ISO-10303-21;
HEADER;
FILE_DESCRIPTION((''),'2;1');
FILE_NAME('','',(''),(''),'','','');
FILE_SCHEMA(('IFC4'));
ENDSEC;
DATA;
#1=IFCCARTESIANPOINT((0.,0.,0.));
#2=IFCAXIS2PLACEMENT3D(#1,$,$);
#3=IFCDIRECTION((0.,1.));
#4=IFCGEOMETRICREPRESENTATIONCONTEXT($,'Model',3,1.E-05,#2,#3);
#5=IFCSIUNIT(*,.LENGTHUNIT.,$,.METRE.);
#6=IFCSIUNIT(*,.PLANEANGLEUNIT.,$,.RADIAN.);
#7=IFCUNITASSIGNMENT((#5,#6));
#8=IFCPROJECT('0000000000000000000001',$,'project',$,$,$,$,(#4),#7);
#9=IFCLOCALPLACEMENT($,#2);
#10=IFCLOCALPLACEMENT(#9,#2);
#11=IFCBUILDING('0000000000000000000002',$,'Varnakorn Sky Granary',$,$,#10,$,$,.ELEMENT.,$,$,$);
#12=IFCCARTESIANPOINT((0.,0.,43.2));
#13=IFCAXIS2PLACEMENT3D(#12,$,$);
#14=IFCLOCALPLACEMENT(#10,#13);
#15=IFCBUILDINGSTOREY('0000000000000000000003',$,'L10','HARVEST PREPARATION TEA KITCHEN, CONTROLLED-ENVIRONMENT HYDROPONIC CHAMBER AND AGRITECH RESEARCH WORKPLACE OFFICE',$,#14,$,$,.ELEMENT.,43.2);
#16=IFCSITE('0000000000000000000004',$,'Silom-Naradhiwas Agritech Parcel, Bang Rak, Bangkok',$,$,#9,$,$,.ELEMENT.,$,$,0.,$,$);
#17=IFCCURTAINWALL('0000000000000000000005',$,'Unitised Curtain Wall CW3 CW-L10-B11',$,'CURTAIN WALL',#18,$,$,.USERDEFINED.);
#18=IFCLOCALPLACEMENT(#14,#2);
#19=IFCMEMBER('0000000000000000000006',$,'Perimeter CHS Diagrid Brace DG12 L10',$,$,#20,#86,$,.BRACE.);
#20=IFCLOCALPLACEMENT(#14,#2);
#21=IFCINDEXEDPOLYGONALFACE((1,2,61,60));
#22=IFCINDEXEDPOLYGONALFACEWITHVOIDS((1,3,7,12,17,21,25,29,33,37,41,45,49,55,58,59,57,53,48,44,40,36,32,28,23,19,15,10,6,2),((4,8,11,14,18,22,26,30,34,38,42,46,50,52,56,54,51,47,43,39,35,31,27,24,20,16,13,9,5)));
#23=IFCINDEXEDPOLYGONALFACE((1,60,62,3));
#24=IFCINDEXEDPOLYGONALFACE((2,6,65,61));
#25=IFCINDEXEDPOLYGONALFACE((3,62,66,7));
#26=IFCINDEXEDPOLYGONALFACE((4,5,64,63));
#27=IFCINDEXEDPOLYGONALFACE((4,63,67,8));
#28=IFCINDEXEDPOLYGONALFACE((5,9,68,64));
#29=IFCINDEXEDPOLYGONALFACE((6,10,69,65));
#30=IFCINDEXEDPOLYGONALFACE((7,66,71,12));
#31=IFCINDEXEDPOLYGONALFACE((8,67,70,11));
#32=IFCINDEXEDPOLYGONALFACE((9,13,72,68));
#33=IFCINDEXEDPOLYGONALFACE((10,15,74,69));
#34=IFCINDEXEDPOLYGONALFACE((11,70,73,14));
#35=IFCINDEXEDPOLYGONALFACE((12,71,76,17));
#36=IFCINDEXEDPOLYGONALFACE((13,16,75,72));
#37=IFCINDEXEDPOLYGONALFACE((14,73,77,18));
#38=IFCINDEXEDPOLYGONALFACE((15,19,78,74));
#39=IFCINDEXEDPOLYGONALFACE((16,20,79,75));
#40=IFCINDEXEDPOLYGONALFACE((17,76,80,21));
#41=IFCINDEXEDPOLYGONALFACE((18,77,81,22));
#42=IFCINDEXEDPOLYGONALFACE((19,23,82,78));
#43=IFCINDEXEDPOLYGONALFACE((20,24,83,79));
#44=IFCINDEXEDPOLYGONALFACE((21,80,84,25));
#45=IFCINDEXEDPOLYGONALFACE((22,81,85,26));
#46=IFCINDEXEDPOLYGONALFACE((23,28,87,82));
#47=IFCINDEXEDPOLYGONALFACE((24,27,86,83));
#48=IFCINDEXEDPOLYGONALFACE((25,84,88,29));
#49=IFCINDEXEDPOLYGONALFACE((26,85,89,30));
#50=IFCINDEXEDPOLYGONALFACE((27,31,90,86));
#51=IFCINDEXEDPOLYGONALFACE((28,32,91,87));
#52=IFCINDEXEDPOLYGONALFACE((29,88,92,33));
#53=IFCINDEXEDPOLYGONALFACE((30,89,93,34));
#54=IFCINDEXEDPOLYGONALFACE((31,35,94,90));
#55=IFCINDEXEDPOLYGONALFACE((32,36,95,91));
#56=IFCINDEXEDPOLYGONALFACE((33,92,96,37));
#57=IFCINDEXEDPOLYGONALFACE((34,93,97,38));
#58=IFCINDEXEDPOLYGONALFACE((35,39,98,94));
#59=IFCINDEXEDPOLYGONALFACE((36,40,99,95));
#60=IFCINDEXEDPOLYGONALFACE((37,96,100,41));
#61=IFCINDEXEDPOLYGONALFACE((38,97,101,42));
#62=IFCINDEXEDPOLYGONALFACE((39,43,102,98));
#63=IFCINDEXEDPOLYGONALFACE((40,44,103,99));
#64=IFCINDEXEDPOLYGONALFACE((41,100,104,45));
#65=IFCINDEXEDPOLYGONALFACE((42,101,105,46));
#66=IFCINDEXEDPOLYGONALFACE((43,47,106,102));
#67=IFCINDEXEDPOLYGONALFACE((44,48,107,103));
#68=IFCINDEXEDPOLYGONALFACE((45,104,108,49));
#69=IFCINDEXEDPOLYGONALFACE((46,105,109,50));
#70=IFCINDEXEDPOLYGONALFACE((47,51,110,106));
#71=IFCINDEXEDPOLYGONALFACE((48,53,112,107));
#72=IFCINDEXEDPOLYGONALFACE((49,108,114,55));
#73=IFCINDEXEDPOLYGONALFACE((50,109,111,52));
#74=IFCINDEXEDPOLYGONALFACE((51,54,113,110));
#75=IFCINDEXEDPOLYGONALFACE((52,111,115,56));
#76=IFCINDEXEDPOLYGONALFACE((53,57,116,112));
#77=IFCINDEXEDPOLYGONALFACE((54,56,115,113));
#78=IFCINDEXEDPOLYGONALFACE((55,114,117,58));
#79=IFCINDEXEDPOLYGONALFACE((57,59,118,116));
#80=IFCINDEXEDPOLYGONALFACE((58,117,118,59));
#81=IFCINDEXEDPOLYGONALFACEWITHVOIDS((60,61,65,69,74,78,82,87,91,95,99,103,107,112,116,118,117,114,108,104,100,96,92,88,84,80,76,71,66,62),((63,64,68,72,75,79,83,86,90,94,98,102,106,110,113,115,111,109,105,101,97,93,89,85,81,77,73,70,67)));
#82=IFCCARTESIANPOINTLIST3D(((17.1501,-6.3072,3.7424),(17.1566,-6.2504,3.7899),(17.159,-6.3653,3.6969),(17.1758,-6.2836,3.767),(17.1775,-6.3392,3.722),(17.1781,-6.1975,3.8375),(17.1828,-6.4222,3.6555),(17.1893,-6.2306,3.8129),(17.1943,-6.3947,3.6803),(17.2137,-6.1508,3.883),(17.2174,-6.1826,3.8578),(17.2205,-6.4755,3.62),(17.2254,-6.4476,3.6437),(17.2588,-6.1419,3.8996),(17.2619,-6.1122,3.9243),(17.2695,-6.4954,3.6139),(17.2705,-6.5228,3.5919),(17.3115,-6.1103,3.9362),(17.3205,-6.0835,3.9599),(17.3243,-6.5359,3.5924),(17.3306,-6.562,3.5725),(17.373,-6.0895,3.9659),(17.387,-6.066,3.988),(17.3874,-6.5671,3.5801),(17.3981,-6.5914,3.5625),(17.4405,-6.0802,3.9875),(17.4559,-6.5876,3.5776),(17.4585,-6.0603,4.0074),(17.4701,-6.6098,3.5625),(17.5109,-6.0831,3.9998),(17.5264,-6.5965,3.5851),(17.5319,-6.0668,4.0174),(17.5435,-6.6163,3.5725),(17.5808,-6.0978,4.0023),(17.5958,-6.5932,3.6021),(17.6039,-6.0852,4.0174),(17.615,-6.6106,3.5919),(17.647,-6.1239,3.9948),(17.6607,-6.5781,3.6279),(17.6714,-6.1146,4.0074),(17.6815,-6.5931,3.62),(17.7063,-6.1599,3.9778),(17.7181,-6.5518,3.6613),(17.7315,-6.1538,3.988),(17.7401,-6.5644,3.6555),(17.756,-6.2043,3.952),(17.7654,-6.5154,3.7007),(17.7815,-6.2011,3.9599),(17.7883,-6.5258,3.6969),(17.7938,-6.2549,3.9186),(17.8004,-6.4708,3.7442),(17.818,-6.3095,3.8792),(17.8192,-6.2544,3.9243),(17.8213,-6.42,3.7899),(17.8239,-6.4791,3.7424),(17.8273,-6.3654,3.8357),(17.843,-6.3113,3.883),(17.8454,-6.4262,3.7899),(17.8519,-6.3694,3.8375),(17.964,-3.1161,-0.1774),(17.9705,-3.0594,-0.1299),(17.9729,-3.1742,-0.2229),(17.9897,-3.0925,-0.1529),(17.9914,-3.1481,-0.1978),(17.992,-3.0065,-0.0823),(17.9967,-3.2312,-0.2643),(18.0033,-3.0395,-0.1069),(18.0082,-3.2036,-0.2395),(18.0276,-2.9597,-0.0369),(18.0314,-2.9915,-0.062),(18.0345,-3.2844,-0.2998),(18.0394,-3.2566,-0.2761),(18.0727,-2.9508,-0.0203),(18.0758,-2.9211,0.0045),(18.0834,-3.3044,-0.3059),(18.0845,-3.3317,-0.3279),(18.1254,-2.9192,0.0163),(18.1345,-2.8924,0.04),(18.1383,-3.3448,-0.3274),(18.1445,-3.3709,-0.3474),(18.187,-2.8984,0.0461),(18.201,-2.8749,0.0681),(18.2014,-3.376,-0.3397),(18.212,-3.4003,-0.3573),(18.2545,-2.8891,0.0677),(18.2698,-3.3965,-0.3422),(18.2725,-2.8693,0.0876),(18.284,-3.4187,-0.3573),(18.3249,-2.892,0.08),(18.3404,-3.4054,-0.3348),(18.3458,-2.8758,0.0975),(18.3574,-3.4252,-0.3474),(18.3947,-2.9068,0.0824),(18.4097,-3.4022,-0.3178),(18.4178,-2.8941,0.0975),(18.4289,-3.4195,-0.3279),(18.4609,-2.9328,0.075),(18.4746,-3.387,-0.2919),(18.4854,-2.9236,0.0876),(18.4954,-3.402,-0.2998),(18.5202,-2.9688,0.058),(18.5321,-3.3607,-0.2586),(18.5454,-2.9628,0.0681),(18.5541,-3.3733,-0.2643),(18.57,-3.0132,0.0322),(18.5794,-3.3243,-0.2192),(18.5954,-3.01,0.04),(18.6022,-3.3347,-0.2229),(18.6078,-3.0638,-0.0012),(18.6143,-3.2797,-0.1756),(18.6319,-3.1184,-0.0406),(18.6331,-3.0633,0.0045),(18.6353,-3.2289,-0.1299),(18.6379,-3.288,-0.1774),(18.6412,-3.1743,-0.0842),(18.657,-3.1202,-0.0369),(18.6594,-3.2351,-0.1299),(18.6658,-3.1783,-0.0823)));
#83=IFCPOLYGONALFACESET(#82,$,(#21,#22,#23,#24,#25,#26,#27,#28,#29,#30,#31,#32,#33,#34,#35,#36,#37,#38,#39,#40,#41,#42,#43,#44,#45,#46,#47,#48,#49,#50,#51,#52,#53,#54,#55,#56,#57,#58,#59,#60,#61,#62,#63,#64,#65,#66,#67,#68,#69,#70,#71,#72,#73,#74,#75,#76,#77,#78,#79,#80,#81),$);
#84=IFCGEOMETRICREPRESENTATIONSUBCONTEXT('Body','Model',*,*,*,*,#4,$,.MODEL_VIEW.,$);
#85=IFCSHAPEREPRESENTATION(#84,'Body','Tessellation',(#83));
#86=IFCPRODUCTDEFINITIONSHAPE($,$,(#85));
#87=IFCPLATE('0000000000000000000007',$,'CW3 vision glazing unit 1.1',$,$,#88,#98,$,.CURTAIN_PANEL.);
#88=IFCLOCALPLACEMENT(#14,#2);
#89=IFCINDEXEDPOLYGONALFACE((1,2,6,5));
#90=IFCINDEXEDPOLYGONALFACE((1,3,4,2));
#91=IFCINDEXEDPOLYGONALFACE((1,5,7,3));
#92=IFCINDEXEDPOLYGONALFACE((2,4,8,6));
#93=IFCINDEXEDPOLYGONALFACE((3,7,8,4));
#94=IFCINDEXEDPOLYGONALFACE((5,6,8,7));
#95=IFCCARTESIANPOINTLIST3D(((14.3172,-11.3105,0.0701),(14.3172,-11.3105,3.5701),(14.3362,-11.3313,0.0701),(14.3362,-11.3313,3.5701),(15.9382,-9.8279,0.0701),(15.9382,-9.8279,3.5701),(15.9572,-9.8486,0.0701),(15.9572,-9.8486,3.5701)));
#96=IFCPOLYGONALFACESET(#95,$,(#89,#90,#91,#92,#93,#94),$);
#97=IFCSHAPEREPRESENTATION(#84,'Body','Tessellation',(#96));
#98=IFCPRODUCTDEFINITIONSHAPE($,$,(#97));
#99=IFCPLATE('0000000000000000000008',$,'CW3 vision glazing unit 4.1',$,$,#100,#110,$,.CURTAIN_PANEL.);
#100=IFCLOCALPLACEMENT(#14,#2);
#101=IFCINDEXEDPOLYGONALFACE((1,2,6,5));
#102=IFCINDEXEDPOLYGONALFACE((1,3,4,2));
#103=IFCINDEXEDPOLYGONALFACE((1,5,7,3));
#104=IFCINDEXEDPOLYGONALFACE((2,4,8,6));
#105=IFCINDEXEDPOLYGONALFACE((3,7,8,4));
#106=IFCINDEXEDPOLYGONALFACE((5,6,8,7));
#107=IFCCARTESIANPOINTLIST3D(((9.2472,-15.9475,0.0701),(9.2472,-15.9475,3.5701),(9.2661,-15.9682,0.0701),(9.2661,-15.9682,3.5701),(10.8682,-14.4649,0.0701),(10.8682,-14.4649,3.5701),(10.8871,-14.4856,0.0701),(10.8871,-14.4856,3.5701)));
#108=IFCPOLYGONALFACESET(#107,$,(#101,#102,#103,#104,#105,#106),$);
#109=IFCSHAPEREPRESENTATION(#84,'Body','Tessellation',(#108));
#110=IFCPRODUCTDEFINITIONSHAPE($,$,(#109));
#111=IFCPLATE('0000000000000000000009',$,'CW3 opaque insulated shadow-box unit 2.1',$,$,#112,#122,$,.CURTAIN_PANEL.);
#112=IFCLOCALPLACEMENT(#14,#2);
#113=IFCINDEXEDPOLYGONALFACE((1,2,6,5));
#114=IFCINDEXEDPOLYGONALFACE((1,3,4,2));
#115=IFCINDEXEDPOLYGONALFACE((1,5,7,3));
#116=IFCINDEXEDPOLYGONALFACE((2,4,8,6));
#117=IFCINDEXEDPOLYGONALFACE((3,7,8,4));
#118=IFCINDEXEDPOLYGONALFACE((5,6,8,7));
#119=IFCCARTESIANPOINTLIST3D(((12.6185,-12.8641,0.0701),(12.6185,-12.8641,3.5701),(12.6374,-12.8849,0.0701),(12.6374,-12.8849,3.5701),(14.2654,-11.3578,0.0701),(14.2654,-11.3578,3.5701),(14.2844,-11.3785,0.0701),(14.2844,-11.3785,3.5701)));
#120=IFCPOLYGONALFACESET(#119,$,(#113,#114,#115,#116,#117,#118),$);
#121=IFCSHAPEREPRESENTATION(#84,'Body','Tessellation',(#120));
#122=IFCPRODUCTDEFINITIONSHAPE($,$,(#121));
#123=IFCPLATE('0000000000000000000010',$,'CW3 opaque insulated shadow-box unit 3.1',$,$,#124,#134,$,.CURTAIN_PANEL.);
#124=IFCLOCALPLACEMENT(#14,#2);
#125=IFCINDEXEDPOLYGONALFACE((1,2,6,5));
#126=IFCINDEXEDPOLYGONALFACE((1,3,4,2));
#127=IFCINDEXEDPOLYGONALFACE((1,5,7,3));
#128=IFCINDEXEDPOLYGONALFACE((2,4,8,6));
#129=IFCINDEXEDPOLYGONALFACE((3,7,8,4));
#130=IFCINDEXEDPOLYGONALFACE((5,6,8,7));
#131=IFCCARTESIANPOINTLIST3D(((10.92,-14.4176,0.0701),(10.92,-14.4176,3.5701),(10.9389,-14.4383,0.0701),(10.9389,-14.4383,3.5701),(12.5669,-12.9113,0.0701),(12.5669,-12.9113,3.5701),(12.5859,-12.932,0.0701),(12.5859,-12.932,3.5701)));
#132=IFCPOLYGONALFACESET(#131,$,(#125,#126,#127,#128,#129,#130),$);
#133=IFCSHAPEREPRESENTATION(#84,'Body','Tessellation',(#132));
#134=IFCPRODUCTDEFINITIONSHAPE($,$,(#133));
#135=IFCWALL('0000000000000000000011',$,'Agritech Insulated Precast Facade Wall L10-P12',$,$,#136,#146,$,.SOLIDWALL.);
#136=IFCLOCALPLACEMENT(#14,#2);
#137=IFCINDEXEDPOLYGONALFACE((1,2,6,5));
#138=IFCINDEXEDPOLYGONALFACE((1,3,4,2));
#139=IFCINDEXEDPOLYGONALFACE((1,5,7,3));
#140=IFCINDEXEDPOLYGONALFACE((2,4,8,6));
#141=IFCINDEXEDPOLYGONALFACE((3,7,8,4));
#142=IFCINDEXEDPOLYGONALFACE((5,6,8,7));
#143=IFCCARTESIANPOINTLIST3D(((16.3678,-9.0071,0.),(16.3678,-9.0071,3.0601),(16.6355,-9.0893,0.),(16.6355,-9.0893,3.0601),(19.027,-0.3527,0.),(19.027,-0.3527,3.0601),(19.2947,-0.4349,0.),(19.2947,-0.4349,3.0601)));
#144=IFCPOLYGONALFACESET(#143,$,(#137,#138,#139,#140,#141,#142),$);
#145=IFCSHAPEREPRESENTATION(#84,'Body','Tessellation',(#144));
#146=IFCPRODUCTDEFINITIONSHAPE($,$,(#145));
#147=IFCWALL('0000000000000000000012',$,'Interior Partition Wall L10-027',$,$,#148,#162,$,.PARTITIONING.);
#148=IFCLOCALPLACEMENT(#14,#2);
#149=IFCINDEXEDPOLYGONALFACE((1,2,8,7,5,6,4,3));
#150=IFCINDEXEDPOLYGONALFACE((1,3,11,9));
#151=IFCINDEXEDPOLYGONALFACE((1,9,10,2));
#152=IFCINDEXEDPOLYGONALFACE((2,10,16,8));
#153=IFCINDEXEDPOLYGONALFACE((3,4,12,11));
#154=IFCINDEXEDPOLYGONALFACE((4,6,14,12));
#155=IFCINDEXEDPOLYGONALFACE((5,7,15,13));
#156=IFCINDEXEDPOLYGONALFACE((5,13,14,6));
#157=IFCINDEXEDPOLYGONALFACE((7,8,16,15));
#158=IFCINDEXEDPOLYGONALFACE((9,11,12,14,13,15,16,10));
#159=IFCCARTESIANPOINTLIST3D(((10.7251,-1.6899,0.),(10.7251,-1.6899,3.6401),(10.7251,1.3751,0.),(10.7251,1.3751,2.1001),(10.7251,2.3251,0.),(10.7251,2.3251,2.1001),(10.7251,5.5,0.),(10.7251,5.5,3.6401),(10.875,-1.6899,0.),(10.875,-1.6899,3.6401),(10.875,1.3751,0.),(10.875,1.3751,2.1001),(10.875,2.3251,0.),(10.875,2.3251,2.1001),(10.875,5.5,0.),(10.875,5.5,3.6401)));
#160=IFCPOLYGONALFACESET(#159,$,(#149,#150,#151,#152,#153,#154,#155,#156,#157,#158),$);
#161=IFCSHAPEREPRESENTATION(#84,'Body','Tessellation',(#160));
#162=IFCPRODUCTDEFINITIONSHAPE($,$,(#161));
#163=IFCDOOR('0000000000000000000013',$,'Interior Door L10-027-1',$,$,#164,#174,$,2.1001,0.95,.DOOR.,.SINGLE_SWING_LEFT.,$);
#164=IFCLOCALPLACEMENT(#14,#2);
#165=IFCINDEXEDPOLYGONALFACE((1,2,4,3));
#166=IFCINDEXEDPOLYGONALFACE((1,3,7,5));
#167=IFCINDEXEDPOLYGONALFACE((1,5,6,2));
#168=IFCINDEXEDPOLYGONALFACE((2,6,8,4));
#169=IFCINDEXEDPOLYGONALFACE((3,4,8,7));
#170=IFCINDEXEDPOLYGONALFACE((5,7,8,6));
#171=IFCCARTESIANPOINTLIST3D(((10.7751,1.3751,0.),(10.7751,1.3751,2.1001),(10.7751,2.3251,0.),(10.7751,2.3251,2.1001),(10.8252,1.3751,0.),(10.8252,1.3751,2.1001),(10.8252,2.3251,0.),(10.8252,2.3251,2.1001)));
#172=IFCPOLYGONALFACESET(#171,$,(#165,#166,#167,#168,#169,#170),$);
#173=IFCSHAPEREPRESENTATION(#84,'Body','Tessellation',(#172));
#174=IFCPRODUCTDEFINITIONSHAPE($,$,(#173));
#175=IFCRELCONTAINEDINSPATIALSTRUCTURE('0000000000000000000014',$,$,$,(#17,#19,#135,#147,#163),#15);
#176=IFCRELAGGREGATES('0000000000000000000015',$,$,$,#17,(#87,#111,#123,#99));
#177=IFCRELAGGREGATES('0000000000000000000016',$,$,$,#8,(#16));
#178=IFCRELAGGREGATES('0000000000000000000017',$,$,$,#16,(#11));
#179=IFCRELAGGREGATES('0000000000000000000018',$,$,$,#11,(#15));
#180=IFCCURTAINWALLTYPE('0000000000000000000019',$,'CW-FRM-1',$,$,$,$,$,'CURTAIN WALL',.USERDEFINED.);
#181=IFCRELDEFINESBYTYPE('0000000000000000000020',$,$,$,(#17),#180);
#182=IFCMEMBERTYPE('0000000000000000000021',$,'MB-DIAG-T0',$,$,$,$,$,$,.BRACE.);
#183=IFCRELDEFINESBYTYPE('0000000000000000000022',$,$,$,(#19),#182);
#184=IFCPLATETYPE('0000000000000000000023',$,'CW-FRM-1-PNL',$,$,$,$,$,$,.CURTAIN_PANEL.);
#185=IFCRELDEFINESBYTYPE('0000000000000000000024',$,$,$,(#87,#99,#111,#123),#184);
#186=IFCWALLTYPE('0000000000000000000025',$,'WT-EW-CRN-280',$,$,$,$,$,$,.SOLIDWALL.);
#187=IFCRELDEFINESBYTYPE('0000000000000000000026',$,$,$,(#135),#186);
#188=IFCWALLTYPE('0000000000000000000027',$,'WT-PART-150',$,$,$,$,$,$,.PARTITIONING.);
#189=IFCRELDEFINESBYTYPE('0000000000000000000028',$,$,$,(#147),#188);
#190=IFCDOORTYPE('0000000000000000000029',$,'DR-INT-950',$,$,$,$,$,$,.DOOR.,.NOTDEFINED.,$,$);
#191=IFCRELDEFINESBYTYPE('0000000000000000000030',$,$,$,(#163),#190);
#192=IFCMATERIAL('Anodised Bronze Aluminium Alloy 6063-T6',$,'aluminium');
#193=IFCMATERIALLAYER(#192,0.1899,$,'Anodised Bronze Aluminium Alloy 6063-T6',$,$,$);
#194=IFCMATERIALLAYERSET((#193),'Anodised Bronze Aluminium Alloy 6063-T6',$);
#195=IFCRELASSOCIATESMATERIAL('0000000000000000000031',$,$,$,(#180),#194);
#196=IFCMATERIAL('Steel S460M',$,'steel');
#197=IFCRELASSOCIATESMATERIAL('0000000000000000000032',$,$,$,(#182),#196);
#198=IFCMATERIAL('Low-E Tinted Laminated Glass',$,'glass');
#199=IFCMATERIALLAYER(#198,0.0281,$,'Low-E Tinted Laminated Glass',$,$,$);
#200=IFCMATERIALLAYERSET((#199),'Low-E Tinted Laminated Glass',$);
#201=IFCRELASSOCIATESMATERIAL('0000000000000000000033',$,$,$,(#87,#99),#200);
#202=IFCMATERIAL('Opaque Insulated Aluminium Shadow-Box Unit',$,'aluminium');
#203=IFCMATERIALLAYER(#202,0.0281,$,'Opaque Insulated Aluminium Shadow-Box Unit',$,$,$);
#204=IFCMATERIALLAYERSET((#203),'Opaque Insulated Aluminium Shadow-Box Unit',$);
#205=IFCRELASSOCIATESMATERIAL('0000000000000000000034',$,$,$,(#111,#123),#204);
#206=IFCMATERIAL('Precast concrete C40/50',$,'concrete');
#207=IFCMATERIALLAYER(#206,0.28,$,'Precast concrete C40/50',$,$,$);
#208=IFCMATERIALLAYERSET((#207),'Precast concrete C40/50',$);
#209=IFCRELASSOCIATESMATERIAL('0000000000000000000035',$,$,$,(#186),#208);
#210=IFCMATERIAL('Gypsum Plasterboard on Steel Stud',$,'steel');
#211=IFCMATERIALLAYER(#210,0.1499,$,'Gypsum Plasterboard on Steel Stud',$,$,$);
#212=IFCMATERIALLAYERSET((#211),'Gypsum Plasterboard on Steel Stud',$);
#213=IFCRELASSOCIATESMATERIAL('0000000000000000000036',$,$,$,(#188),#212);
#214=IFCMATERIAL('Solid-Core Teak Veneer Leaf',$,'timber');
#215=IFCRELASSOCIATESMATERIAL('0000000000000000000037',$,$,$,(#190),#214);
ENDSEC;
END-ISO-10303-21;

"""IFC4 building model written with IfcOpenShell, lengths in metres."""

from ifc_helpers import new_model, si_unit, direction, frame, frame_2d, origin, origin_2d, place, context, subcontext, project, spatial, rectangle, hollow_circle, extrude, source, transform, mapped, material, layer, layer_set, material_profile, profile_set, type_object, type_shapes, element, fill, aggregate, save


model = new_model("IFC4")

# Units and contexts
model_context = context("Model", 3, precision=1e-05, world=origin(), true_north=direction((0.0, 1.0)))
body_context = subcontext(model_context, "Body", "Model", "MODEL_VIEW")
ifc_project = project(units=[si_unit("LENGTHUNIT", "METRE"), si_unit("PLANEANGLEUNIT", "RADIAN")], contexts=[model_context])

# Site, building, storey
site_placement = place(None, origin())
site = spatial("IfcSite", under=ifc_project, at=site_placement, Name="Silom-Naradhiwas Agritech Parcel, Bang Rak, Bangkok", CompositionType="ELEMENT", RefElevation=0.0)
building_placement = place(site_placement, origin())
building = spatial("IfcBuilding", under=site, at=building_placement, Name="Varnakorn Sky Granary", CompositionType="ELEMENT")
storey_placement = place(building_placement, frame((0.0, 0.0, 43.2)))
storey = spatial("IfcBuildingStorey", under=building, at=storey_placement, Name="L10", Description="HARVEST PREPARATION TEA KITCHEN, CONTROLLED-ENVIRONMENT HYDROPONIC CHAMBER AND AGRITECH RESEARCH WORKPLACE OFFICE", CompositionType="ELEMENT", Elevation=43.2)

# Shared definitions
ifc_material_1 = material(Name="Steel S460M", Category="steel")

# Curtain wall
ifc_material_2 = material(Name="Anodised Bronze Aluminium Alloy 6063-T6", Category="aluminium")
ifc_layer_1 = layer(ifc_material_2, 0.1899, Name="Anodised Bronze Aluminium Alloy 6063-T6")
ifc_layer_set_1 = layer_set([ifc_layer_1], Name="Anodised Bronze Aluminium Alloy 6063-T6")
curtain_wall_type = type_object("IfcCurtainWallType", Name="CW-FRM-1", ElementType="CURTAIN WALL", PredefinedType="USERDEFINED", material=ifc_layer_set_1)
curtain_wall_placement = place(storey_placement, origin())
curtain_wall = element("IfcCurtainWall", 1, at=curtain_wall_placement, inside=storey, type_object=curtain_wall_type, Name="Unitised Curtain Wall CW3 CW-L10-B11", ObjectType="CURTAIN WALL", PredefinedType="USERDEFINED")

# Member
ifc_material_profile_1 = material_profile(ifc_material_1, hollow_circle(Radius=0.3555, WallThickness=0.0249, at=origin_2d()), Name="CHS 711x25")
ifc_profile_set_1 = profile_set([ifc_material_profile_1], Name="Steel S460M")
member_type_1 = type_object("IfcMemberType", Name="MB-DIAG-T0", PredefinedType="BRACE", material=ifc_profile_set_1)
member_1_placement = place(storey_placement, frame((18.3149, -3.1472, -0.1299), z_axis=(-0.158985, -0.623304, 0.765647), x_axis=(0.968976, -0.247155, 0.0)))
element("IfcMember", 2, at=member_1_placement, inside=storey, type_object=member_type_1, Name="Perimeter CHS Diagrid Brace DG12 L10", PredefinedType="BRACE", context=body_context, shape_type="SweptSolid", body=[
    extrude(hollow_circle(Radius=0.3555, WallThickness=0.0249, at=origin_2d()), origin(), (0.0, 0.0, 1.0), 5.1196),
])

# Plates
ifc_material_3 = material(Name="Low-E Tinted Laminated Glass", Category="glass")
ifc_layer_2 = layer(ifc_material_3, 0.0281, Name="Low-E Tinted Laminated Glass")
ifc_layer_set_2 = layer_set([ifc_layer_2], Name="Low-E Tinted Laminated Glass")
plate_type = type_object("IfcPlateType", Name="CW-FRM-1-PNL", PredefinedType="CURTAIN_PANEL")
shared_shape_1 = source(origin(), body_context, "Body", "SweptSolid", [
    extrude(rectangle(XDim=2.1968, YDim=0.0281, at=origin_2d()), origin(), (0.0, 0.0, 1.0), 3.5),
])
plate_1_placement = place(storey_placement, frame((15.1372, -10.5796, 0.0701), z_axis=(0.0, 0.0, 1.0), x_axis=(-0.737906, -0.674903, 0.0)))
plate_1 = element("IfcPlate", 3, at=plate_1_placement, type_object=plate_type, material=ifc_layer_set_2, Name="CW3 vision glazing unit 1.1", PredefinedType="CURTAIN_PANEL", context=body_context, shape_type="MappedRepresentation", body=[
    mapped(shared_shape_1, transform((0.0, 0.0, 0.0), x_axis=(1.0, 0.0, 0.0), y_axis=(0.0, 1.0, 0.0), z_axis=(0.0, 0.0, 1.0), scale=1.0)),
])
plate_2_placement = place(storey_placement, frame((10.0671, -15.2166, 0.0701), z_axis=(0.0, 0.0, 1.0), x_axis=(-0.737906, -0.674903, 0.0)))
plate_2 = element("IfcPlate", 4, at=plate_2_placement, type_object=plate_type, material=ifc_layer_set_2, Name="CW3 vision glazing unit 4.1", PredefinedType="CURTAIN_PANEL", context=body_context, shape_type="MappedRepresentation", body=[
    mapped(shared_shape_1, transform((0.0, 0.0, 0.0), x_axis=(1.0, 0.0, 0.0), y_axis=(0.0, 1.0, 0.0), z_axis=(0.0, 0.0, 1.0), scale=1.0)),
])
ifc_material_4 = material(Name="Opaque Insulated Aluminium Shadow-Box Unit", Category="aluminium")
ifc_layer_3 = layer(ifc_material_4, 0.0281, Name="Opaque Insulated Aluminium Shadow-Box Unit")
ifc_layer_set_3 = layer_set([ifc_layer_3], Name="Opaque Insulated Aluminium Shadow-Box Unit")
shared_shape_2 = source(origin(), body_context, "Body", "SweptSolid", [
    extrude(rectangle(XDim=2.2319, YDim=0.0281, at=origin_2d()), origin(), (0.0, 0.0, 1.0), 3.5),
])
type_shapes(plate_type, [shared_shape_1, shared_shape_2])
plate_3_placement = place(storey_placement, frame((13.4514, -12.1213, 0.0701), z_axis=(0.0, 0.0, 1.0), x_axis=(-0.737906, -0.674903, 0.0)))
plate_3 = element("IfcPlate", 5, at=plate_3_placement, type_object=plate_type, material=ifc_layer_set_3, Name="CW3 opaque insulated shadow-box unit 2.1", PredefinedType="CURTAIN_PANEL", context=body_context, shape_type="MappedRepresentation", body=[
    mapped(shared_shape_2, transform((0.0, 0.0, 0.0), x_axis=(1.0, 0.0, 0.0), y_axis=(0.0, 1.0, 0.0), z_axis=(0.0, 0.0, 1.0), scale=1.0)),
])
plate_4_placement = place(storey_placement, frame((11.7529, -13.6748, 0.0701), z_axis=(0.0, 0.0, 1.0), x_axis=(-0.737906, -0.674903, 0.0)))
plate_4 = element("IfcPlate", 6, at=plate_4_placement, type_object=plate_type, material=ifc_layer_set_3, Name="CW3 opaque insulated shadow-box unit 3.1", PredefinedType="CURTAIN_PANEL", context=body_context, shape_type="MappedRepresentation", body=[
    mapped(shared_shape_2, transform((0.0, 0.0, 0.0), x_axis=(1.0, 0.0, 0.0), y_axis=(0.0, 1.0, 0.0), z_axis=(0.0, 0.0, 1.0), scale=1.0)),
])
aggregate(curtain_wall, [plate_1, plate_3, plate_4, plate_2])

# Wall
ifc_material_5 = material(Name="Precast concrete C40/50", Category="concrete")
ifc_layer_4 = layer(ifc_material_5, 0.28, Name="Precast concrete C40/50")
ifc_layer_set_4 = layer_set([ifc_layer_4], Name="Precast concrete C40/50")
wall_type_1 = type_object("IfcWallType", Name="WT-EW-CRN-280", PredefinedType="SOLIDWALL", material=ifc_layer_set_4)
wall_1_placement = place(storey_placement, frame((19.1609, -0.3938, 0.0), z_axis=(0.0, 0.0, 1.0), x_axis=(-0.293714, -0.955893, 0.0)))
element("IfcWall", 7, at=wall_1_placement, inside=storey, type_object=wall_type_1, Name="Agritech Insulated Precast Facade Wall L10-P12", PredefinedType="SOLIDWALL", context=body_context, shape_type="SweptSolid", body=[
    extrude(rectangle(XDim=9.0537, YDim=0.28, at=frame_2d((4.5269, 0.0))), origin(), (0.0, 0.0, 1.0), 3.0601),
])

# Wall, opening, door
ifc_material_6 = material(Name="Gypsum Plasterboard on Steel Stud", Category="steel")
ifc_layer_5 = layer(ifc_material_6, 0.1499, Name="Gypsum Plasterboard on Steel Stud")
ifc_layer_set_5 = layer_set([ifc_layer_5], Name="Gypsum Plasterboard on Steel Stud")
wall_type_2 = type_object("IfcWallType", Name="WT-PART-150", PredefinedType="PARTITIONING", material=ifc_layer_set_5)
wall_2_placement = place(storey_placement, frame((10.8, -1.6899, 0.0), z_axis=(0.0, 0.0, 1.0), x_axis=(0.0, 1.0, 0.0)))
wall_2 = element("IfcWall", 8, at=wall_2_placement, inside=storey, type_object=wall_type_2, Name="Interior Partition Wall L10-027", PredefinedType="PARTITIONING", context=body_context, shape_type="SweptSolid", body=[
    extrude(rectangle(XDim=7.1899, YDim=0.1499, at=frame_2d((3.595, 0.0))), origin(), (0.0, 0.0, 1.0), 3.6401),
])
opening_placement = place(wall_2_placement, frame((3.0649, 0.0, 0.0)))
opening = element("IfcOpeningElement", 9, at=opening_placement, cuts=wall_2, PredefinedType="OPENING", context=body_context, shape_type="SweptSolid", body=[
    extrude(rectangle(XDim=0.95, YDim=2.1001, at=frame_2d((0.4751, 1.05))), frame((0.0, 0.085, 0.0), z_axis=(0.0, -1.0, 0.0), x_axis=(1.0, 0.0, 0.0)), (0.0, 0.0, 1.0), 0.1699),
])
ifc_material_7 = material(Name="Solid-Core Teak Veneer Leaf", Category="timber")
door_type = type_object("IfcDoorType", Name="DR-INT-950", OperationType="NOTDEFINED", PredefinedType="DOOR", material=ifc_material_7)
door_placement = place(opening_placement, origin())
door = element("IfcDoor", 10, at=door_placement, inside=storey, type_object=door_type, Name="Interior Door L10-027-1", OperationType="SINGLE_SWING_LEFT", OverallHeight=2.1001, OverallWidth=0.95, PredefinedType="DOOR", context=body_context, shape_type="SweptSolid", body=[
    extrude(rectangle(XDim=0.95, YDim=2.1001, at=frame_2d((0.4751, 1.05))), frame((0.0, 0.0249, 0.0), z_axis=(0.0, -1.0, 0.0), x_axis=(1.0, 0.0, 0.0)), (0.0, 0.0, 1.0), 0.05),
])
fill(opening, door)

save(model, "model.ifc")
